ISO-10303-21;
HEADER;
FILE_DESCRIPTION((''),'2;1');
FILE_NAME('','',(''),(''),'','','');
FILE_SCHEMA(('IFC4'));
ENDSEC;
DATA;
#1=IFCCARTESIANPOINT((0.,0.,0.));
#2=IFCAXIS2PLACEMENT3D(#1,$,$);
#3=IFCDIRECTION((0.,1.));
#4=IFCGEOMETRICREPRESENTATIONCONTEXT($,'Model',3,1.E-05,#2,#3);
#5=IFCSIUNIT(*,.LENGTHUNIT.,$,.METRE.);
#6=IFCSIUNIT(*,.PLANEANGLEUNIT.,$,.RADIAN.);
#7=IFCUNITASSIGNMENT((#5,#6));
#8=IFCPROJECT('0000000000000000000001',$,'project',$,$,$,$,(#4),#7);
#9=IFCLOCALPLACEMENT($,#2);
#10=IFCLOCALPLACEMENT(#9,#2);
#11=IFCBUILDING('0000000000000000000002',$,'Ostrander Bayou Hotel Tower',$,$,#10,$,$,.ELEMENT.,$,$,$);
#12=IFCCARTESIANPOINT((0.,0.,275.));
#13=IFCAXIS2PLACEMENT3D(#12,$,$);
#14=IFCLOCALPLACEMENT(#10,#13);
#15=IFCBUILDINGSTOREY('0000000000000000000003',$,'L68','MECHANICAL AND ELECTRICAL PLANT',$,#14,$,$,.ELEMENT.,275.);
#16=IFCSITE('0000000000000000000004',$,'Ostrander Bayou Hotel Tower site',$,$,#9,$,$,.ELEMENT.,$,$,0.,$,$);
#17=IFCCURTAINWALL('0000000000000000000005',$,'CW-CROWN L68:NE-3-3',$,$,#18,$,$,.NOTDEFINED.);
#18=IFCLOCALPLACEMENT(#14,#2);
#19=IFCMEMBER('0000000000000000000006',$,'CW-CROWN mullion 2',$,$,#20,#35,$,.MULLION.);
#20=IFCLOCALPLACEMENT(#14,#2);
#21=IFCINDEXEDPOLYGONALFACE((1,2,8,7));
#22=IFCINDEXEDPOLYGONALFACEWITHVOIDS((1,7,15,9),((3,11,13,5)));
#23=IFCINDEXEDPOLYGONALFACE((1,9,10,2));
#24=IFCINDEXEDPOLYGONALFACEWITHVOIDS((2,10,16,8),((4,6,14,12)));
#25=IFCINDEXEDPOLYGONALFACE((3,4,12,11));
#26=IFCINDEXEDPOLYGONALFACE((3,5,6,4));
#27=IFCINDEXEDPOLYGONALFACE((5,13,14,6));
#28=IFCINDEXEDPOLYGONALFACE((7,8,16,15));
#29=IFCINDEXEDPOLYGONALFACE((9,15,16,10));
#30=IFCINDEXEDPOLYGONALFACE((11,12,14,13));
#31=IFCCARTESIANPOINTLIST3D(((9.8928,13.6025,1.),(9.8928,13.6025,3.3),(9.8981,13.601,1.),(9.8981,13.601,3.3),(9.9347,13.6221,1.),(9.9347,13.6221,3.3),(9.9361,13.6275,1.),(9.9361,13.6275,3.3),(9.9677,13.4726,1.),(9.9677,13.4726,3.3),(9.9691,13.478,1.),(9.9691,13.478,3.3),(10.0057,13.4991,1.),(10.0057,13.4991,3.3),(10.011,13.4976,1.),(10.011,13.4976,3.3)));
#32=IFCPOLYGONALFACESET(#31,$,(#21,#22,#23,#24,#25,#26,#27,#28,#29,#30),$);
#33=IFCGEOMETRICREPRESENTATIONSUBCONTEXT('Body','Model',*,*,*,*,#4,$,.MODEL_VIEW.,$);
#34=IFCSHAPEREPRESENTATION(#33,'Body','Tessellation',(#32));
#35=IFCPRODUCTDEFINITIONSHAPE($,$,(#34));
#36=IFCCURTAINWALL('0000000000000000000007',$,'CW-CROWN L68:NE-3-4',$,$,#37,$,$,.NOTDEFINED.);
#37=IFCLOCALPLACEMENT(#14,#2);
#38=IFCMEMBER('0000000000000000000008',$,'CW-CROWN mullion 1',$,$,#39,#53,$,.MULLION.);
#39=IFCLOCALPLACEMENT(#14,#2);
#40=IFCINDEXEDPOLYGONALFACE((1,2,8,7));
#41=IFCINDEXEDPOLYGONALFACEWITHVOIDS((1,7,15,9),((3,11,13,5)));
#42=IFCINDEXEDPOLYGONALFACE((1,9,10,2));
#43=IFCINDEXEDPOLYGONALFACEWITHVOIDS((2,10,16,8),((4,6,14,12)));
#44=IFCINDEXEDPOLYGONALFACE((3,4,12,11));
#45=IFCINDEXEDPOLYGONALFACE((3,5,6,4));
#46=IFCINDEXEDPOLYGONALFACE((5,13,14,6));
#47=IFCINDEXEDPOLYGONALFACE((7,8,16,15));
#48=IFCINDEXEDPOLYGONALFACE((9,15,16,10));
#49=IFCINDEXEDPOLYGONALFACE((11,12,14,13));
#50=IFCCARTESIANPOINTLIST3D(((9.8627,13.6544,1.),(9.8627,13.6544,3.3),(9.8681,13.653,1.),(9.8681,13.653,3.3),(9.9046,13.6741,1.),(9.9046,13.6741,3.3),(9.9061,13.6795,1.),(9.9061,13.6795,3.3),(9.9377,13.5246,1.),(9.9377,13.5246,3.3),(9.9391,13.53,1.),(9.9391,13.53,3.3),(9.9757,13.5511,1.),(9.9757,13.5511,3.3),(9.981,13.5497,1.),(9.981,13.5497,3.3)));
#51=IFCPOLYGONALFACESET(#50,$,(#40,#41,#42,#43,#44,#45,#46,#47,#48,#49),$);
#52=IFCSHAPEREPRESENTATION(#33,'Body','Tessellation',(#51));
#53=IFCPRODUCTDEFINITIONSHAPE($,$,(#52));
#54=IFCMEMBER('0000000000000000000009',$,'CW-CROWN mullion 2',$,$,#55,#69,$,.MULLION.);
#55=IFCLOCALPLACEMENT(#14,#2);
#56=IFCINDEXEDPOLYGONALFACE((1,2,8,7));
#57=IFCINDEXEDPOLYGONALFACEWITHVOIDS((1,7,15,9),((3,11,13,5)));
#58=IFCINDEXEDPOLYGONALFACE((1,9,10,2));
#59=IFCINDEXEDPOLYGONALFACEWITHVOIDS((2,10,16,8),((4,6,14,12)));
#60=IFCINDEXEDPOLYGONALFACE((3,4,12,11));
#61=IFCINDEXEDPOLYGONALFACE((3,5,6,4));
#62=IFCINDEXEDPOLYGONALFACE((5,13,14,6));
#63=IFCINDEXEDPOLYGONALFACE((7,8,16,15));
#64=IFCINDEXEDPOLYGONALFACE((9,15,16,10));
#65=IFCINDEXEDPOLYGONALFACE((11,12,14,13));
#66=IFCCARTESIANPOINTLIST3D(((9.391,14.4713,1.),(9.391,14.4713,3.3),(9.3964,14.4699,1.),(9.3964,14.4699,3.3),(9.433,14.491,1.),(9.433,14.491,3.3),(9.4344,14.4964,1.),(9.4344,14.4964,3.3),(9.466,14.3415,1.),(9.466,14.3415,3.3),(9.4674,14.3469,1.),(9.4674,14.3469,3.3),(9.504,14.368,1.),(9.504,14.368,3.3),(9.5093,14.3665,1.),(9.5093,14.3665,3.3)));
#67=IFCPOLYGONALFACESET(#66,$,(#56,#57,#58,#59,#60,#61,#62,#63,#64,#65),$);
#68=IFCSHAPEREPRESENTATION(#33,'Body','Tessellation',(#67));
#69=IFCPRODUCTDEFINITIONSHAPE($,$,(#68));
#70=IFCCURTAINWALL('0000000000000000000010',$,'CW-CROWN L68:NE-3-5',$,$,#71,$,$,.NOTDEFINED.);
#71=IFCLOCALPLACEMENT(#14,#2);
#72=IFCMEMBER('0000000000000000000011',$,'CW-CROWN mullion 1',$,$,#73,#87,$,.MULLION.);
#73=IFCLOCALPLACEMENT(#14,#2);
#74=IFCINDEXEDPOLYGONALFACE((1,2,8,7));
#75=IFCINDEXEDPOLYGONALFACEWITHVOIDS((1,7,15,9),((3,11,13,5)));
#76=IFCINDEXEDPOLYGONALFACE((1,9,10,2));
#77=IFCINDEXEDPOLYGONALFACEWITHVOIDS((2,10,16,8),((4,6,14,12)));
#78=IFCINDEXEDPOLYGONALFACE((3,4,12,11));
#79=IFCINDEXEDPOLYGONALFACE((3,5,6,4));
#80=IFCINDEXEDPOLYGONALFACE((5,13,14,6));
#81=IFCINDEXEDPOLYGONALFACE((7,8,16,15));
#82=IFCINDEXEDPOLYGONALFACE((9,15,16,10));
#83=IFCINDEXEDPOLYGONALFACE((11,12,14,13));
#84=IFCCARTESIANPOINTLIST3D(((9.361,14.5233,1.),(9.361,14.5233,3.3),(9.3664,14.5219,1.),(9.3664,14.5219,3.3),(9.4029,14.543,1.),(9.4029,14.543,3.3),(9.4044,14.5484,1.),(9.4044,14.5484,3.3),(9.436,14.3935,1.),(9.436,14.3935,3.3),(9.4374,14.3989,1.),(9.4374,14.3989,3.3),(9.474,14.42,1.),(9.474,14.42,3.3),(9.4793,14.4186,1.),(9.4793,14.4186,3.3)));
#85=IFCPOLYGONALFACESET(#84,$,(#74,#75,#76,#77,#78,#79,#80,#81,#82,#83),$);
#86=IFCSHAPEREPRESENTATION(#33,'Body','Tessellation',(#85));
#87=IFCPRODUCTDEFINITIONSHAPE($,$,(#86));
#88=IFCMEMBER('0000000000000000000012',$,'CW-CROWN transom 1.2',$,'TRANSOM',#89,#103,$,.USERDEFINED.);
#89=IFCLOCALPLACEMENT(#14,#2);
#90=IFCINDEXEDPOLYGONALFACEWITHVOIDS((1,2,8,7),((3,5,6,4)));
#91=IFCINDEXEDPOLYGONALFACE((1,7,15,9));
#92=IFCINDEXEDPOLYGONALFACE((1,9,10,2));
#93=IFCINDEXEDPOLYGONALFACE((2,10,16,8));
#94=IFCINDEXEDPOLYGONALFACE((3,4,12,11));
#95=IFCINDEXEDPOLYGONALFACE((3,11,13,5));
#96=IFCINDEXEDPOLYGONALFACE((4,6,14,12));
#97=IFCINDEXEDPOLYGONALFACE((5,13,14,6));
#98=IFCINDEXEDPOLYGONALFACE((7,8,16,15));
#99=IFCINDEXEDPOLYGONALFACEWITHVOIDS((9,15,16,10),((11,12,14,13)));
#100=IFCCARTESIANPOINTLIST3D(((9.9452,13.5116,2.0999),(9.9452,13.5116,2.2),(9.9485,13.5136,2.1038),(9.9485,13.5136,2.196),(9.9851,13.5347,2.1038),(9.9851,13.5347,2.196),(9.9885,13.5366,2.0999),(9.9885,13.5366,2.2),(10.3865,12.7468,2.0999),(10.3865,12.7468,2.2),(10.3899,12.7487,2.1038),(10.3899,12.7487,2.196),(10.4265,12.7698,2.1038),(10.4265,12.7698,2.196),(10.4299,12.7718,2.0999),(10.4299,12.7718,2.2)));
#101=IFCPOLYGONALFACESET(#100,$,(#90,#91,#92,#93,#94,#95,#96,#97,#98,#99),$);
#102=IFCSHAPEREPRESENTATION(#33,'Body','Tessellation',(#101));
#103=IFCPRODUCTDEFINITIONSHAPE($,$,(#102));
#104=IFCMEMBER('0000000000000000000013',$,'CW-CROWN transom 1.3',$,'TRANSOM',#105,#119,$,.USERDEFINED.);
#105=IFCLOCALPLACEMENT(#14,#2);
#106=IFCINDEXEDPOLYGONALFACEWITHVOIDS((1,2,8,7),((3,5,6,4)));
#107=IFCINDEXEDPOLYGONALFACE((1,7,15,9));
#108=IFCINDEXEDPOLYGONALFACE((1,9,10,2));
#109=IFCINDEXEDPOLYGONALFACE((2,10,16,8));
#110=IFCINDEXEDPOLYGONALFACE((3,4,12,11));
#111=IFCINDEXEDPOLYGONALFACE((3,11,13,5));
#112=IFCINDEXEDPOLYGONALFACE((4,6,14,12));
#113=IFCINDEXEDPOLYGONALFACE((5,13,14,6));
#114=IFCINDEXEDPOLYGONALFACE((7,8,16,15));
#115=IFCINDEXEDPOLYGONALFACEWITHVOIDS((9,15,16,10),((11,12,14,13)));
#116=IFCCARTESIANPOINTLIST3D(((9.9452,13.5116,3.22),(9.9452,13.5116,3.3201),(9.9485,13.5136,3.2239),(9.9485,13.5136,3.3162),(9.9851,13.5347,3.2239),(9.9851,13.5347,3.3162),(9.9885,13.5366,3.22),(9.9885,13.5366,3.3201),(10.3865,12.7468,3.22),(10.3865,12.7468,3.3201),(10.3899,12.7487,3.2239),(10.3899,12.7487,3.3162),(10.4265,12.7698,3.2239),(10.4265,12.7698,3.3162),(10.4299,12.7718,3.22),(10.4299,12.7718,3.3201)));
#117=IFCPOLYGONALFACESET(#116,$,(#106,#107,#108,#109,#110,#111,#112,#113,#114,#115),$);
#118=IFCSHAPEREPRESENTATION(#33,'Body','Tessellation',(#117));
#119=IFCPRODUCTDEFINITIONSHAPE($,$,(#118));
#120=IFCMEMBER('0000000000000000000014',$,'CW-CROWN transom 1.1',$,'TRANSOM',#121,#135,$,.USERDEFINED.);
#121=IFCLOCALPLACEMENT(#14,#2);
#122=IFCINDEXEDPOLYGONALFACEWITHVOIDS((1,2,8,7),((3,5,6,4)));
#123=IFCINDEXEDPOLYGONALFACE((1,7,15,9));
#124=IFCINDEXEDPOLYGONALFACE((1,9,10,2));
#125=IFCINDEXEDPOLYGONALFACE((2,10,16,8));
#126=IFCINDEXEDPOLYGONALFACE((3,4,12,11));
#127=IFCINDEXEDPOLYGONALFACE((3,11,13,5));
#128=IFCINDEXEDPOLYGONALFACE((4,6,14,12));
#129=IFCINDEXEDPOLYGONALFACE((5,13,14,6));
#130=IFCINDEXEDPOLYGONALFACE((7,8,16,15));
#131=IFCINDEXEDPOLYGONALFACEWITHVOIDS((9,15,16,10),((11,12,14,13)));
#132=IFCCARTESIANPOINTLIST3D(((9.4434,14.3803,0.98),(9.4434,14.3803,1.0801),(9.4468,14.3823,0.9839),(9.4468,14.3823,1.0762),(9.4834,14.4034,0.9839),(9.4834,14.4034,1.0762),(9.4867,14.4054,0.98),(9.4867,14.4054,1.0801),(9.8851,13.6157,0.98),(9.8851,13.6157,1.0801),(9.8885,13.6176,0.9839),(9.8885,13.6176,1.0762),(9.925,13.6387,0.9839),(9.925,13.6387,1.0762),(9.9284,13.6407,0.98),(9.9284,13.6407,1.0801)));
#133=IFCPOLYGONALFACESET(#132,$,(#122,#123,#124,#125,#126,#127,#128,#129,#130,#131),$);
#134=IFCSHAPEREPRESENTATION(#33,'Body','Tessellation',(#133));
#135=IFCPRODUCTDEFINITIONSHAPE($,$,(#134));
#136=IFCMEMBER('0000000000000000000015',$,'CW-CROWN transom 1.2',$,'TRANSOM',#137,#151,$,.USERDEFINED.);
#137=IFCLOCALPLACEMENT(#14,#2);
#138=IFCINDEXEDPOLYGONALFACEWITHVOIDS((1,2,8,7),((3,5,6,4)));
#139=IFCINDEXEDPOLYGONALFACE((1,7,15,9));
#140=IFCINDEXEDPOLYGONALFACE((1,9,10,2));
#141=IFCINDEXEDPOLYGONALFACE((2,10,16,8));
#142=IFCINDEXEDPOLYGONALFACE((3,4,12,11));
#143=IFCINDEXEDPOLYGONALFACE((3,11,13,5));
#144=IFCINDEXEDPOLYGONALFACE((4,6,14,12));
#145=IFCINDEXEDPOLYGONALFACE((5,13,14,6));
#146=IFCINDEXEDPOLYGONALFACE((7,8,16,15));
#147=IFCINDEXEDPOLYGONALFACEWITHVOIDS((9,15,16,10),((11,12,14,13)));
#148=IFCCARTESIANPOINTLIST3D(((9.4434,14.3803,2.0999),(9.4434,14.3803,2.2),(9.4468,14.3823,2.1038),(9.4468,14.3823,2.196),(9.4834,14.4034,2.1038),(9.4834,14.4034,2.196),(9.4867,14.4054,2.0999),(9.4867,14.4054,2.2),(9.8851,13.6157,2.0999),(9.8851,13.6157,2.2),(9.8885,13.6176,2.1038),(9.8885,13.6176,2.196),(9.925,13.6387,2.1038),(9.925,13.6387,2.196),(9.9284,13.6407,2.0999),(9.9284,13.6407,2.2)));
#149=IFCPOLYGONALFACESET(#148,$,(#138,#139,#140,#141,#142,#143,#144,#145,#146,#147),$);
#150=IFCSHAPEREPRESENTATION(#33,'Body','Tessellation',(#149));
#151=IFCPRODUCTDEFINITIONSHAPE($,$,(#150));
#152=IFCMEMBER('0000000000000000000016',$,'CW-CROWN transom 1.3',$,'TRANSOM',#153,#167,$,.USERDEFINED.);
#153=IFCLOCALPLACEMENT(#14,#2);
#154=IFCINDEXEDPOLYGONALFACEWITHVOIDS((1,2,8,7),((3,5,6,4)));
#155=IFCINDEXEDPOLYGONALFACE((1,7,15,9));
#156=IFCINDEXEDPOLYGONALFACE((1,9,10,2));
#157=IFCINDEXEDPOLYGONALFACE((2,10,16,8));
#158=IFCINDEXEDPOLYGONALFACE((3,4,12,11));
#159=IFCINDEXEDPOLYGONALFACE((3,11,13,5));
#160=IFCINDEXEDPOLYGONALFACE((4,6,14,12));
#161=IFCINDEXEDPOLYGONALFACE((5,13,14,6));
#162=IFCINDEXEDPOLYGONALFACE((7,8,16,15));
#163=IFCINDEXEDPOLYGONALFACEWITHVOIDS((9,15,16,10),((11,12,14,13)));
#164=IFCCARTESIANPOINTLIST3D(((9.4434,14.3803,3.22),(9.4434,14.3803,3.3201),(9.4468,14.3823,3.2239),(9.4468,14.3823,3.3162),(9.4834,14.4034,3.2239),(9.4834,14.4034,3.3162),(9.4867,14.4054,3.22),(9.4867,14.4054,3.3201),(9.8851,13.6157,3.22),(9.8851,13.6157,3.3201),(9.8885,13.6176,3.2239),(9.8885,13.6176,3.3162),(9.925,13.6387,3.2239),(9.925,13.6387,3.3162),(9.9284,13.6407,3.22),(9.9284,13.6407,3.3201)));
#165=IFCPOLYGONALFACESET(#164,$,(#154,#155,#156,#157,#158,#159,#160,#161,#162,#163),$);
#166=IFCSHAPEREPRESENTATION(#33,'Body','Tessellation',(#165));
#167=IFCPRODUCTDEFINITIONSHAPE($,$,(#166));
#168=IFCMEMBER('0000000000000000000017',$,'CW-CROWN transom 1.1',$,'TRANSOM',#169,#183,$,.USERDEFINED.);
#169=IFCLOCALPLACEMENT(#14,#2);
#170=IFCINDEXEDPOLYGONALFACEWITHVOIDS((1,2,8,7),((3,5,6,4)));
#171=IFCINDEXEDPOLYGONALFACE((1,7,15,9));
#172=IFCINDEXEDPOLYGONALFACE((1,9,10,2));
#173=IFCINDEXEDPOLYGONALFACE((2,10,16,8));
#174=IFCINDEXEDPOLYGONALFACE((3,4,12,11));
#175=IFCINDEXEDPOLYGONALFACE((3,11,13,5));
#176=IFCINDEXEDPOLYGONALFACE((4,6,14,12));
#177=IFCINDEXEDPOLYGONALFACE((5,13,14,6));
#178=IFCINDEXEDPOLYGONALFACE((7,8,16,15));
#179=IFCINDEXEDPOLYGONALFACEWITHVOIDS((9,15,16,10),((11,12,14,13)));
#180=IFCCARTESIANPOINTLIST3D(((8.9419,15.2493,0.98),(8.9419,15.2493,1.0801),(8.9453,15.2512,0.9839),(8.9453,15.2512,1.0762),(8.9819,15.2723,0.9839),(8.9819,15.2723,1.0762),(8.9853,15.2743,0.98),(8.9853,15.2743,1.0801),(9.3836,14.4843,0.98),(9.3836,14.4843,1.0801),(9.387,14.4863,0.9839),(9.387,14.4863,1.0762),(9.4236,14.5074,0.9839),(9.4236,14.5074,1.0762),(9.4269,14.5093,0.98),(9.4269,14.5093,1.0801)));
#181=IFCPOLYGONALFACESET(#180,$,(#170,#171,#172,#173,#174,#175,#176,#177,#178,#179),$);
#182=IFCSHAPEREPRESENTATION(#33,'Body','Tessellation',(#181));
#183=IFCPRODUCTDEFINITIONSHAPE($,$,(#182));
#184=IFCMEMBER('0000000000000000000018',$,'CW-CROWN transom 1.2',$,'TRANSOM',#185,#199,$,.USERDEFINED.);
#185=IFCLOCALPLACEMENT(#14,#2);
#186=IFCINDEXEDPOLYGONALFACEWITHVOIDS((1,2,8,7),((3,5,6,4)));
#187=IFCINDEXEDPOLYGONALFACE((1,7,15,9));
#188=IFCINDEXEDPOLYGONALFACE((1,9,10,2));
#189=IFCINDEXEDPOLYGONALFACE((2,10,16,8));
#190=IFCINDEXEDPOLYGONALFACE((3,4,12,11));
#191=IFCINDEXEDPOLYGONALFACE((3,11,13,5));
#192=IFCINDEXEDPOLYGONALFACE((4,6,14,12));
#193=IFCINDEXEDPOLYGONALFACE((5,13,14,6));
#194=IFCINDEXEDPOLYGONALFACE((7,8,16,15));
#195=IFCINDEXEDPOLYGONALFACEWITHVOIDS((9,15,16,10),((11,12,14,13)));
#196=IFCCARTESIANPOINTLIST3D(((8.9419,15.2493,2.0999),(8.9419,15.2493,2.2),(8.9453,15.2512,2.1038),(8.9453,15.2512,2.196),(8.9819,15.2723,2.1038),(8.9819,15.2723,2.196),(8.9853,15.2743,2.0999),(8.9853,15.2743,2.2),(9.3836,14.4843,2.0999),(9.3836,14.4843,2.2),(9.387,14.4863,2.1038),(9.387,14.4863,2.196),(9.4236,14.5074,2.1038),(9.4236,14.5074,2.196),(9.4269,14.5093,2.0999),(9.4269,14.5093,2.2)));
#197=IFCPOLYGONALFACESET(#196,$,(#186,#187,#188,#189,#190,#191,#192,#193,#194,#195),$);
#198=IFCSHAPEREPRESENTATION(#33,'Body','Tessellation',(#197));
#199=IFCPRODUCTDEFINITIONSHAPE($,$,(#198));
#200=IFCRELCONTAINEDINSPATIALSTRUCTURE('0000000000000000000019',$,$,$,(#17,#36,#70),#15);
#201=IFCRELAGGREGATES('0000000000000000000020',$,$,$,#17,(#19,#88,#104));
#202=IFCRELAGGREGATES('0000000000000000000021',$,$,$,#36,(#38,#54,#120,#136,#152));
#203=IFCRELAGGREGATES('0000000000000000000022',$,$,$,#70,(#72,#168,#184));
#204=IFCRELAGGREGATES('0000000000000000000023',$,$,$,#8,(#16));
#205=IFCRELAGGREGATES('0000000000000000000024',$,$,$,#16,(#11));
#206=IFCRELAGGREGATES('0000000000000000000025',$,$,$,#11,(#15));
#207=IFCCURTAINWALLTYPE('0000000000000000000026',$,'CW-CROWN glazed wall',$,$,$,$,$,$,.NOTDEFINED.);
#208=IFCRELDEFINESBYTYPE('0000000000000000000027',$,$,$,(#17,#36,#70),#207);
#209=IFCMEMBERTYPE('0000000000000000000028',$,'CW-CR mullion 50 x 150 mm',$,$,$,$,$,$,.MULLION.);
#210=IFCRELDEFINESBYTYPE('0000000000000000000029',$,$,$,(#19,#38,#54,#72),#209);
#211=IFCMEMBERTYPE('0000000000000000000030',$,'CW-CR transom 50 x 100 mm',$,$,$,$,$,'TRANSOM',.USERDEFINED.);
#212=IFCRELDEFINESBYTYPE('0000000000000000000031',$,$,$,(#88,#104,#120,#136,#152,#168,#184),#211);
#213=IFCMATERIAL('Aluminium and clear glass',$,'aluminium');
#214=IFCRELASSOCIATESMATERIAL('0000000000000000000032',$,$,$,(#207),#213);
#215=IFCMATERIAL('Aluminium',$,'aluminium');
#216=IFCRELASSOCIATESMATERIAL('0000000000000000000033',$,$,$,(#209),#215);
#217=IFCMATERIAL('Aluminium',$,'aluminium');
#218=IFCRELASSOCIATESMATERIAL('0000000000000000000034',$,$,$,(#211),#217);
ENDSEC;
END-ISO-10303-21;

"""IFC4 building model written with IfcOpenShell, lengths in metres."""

from ifc_helpers import new_model, si_unit, direction, frame, origin, origin_2d, place, context, subcontext, project, spatial, hollow_rectangle, extrude, material, material_profile, profile_set, type_object, element, aggregate, save


model = new_model("IFC4")

# Units and contexts
model_context = context("Model", 3, precision=1e-05, world=origin(), true_north=direction((0.0, 1.0)))
body_context = subcontext(model_context, "Body", "Model", "MODEL_VIEW")
ifc_project = project(units=[si_unit("LENGTHUNIT", "METRE"), si_unit("PLANEANGLEUNIT", "RADIAN")], contexts=[model_context])

# Site, building, storey
site_placement = place(None, origin())
site = spatial("IfcSite", under=ifc_project, at=site_placement, Name="Ostrander Bayou Hotel Tower site", CompositionType="ELEMENT", RefElevation=0.0)
building_placement = place(site_placement, origin())
building = spatial("IfcBuilding", under=site, at=building_placement, Name="Ostrander Bayou Hotel Tower", CompositionType="ELEMENT")
storey_placement = place(building_placement, frame((0.0, 0.0, 275.0)))
storey = spatial("IfcBuildingStorey", under=building, at=storey_placement, Name="L68", Description="MECHANICAL AND ELECTRICAL PLANT", CompositionType="ELEMENT", Elevation=275.0)

# Curtain wall, member
ifc_material_1 = material(Name="Aluminium and clear glass", Category="aluminium")
curtain_wall_type = type_object("IfcCurtainWallType", Name="CW-CROWN glazed wall", PredefinedType="NOTDEFINED", material=ifc_material_1)
curtain_wall_1_placement = place(storey_placement, origin())
curtain_wall_1 = element("IfcCurtainWall", 1, at=curtain_wall_1_placement, inside=storey, type_object=curtain_wall_type, Name="CW-CROWN L68:NE-3-3", PredefinedType="NOTDEFINED")
ifc_material_2 = material(Name="Aluminium", Category="aluminium")
ifc_material_profile_1 = material_profile(ifc_material_2, hollow_rectangle(XDim=0.05, YDim=0.1499, WallThickness=0.0039, at=origin_2d()))
ifc_profile_set_1 = profile_set([ifc_material_profile_1], Name="Aluminium")
member_type_1 = type_object("IfcMemberType", Name="CW-CR mullion 50 x 150 mm", PredefinedType="MULLION", material=ifc_profile_set_1)
member_1_placement = place(storey_placement, frame((9.9519, 13.55, 1.0), z_axis=(0.0, 0.0, 1.0), x_axis=(-0.866069, -0.499924, 0.0)))
member_1 = element("IfcMember", 2, at=member_1_placement, type_object=member_type_1, Name="CW-CROWN mullion 2", PredefinedType="MULLION", context=body_context, shape_type="SweptSolid", body=[
    extrude(hollow_rectangle(XDim=0.05, YDim=0.1499, WallThickness=0.0039, at=origin_2d()), origin(), (0.0, 0.0, 1.0), 2.3),
])

# Curtain wall, members
curtain_wall_2_placement = place(storey_placement, origin())
curtain_wall_2 = element("IfcCurtainWall", 3, at=curtain_wall_2_placement, inside=storey, type_object=curtain_wall_type, Name="CW-CROWN L68:NE-3-4", PredefinedType="NOTDEFINED")
member_2_placement = place(storey_placement, frame((9.9219, 13.6021, 1.0), z_axis=(0.0, 0.0, 1.0), x_axis=(-0.866026, -0.499999, 0.0)))
member_2 = element("IfcMember", 4, at=member_2_placement, type_object=member_type_1, Name="CW-CROWN mullion 1", PredefinedType="MULLION", context=body_context, shape_type="SweptSolid", body=[
    extrude(hollow_rectangle(XDim=0.05, YDim=0.1499, WallThickness=0.0039, at=origin_2d()), origin(), (0.0, 0.0, 1.0), 2.3),
])
member_3_placement = place(storey_placement, frame((9.4502, 14.4189, 1.0), z_axis=(0.0, 0.0, 1.0), x_axis=(-0.866026, -0.499999, 0.0)))
member_3 = element("IfcMember", 5, at=member_3_placement, type_object=member_type_1, Name="CW-CROWN mullion 2", PredefinedType="MULLION", context=body_context, shape_type="SweptSolid", body=[
    extrude(hollow_rectangle(XDim=0.05, YDim=0.1499, WallThickness=0.0039, at=origin_2d()), origin(), (0.0, 0.0, 1.0), 2.3),
])

# Curtain wall, member
curtain_wall_3_placement = place(storey_placement, origin())
curtain_wall_3 = element("IfcCurtainWall", 6, at=curtain_wall_3_placement, inside=storey, type_object=curtain_wall_type, Name="CW-CROWN L68:NE-3-5", PredefinedType="NOTDEFINED")
member_4_placement = place(storey_placement, frame((9.4202, 14.4709, 1.0), z_axis=(0.0, 0.0, 1.0), x_axis=(-0.866001, -0.500042, 0.0)))
member_4 = element("IfcMember", 7, at=member_4_placement, type_object=member_type_1, Name="CW-CROWN mullion 1", PredefinedType="MULLION", context=body_context, shape_type="SweptSolid", body=[
    extrude(hollow_rectangle(XDim=0.05, YDim=0.1499, WallThickness=0.0039, at=origin_2d()), origin(), (0.0, 0.0, 1.0), 2.3),
])

# Members
ifc_material_3 = material(Name="Aluminium", Category="aluminium")
ifc_material_profile_2 = material_profile(ifc_material_3, hollow_rectangle(XDim=0.05, YDim=0.1001, WallThickness=0.0039, at=origin_2d()))
ifc_profile_set_2 = profile_set([ifc_material_profile_2], Name="Aluminium")
member_type_2 = type_object("IfcMemberType", Name="CW-CR transom 50 x 100 mm", ElementType="TRANSOM", PredefinedType="USERDEFINED", material=ifc_profile_set_2)
member_5_placement = place(storey_placement, frame((10.4082, 12.7593, 2.1499), z_axis=(-0.499826, 0.866126, 0.0), x_axis=(-0.866126, -0.499826, 0.0)))
member_5 = element("IfcMember", 8, at=member_5_placement, type_object=member_type_2, Name="CW-CROWN transom 1.2", ObjectType="TRANSOM", PredefinedType="USERDEFINED", context=body_context, shape_type="SweptSolid", body=[
    extrude(hollow_rectangle(XDim=0.05, YDim=0.1001, WallThickness=0.0039, at=origin_2d()), origin(), (0.0, 0.0, 1.0), 0.8831),
])
member_6_placement = place(storey_placement, frame((10.4082, 12.7593, 3.27), z_axis=(-0.499826, 0.866126, 0.0), x_axis=(-0.866126, -0.499826, 0.0)))
member_6 = element("IfcMember", 9, at=member_6_placement, type_object=member_type_2, Name="CW-CROWN transom 1.3", ObjectType="TRANSOM", PredefinedType="USERDEFINED", context=body_context, shape_type="SweptSolid", body=[
    extrude(hollow_rectangle(XDim=0.05, YDim=0.1001, WallThickness=0.0039, at=origin_2d()), origin(), (0.0, 0.0, 1.0), 0.8831),
])
member_7_placement = place(storey_placement, frame((9.9067, 13.6282, 1.03), z_axis=(-0.500153, 0.865937, 0.0), x_axis=(-0.865937, -0.500153, 0.0)))
member_7 = element("IfcMember", 10, at=member_7_placement, type_object=member_type_2, Name="CW-CROWN transom 1.1", ObjectType="TRANSOM", PredefinedType="USERDEFINED", context=body_context, shape_type="SweptSolid", body=[
    extrude(hollow_rectangle(XDim=0.05, YDim=0.1001, WallThickness=0.0039, at=origin_2d()), origin(), (0.0, 0.0, 1.0), 0.8831),
])
member_8_placement = place(storey_placement, frame((9.9067, 13.6282, 2.1499), z_axis=(-0.500153, 0.865937, 0.0), x_axis=(-0.865937, -0.500153, 0.0)))
member_8 = element("IfcMember", 11, at=member_8_placement, type_object=member_type_2, Name="CW-CROWN transom 1.2", ObjectType="TRANSOM", PredefinedType="USERDEFINED", context=body_context, shape_type="SweptSolid", body=[
    extrude(hollow_rectangle(XDim=0.05, YDim=0.1001, WallThickness=0.0039, at=origin_2d()), origin(), (0.0, 0.0, 1.0), 0.8831),
])
member_9_placement = place(storey_placement, frame((9.9067, 13.6282, 3.27), z_axis=(-0.500153, 0.865937, 0.0), x_axis=(-0.865937, -0.500153, 0.0)))
member_9 = element("IfcMember", 12, at=member_9_placement, type_object=member_type_2, Name="CW-CROWN transom 1.3", ObjectType="TRANSOM", PredefinedType="USERDEFINED", context=body_context, shape_type="SweptSolid", body=[
    extrude(hollow_rectangle(XDim=0.05, YDim=0.1001, WallThickness=0.0039, at=origin_2d()), origin(), (0.0, 0.0, 1.0), 0.8831),
])
member_10_placement = place(storey_placement, frame((9.4053, 14.4968, 1.03), z_axis=(-0.500034, 0.866006, 0.0), x_axis=(-0.866006, -0.500034, 0.0)))
member_10 = element("IfcMember", 13, at=member_10_placement, type_object=member_type_2, Name="CW-CROWN transom 1.1", ObjectType="TRANSOM", PredefinedType="USERDEFINED", context=body_context, shape_type="SweptSolid", body=[
    extrude(hollow_rectangle(XDim=0.05, YDim=0.1001, WallThickness=0.0039, at=origin_2d()), origin(), (0.0, 0.0, 1.0), 0.8833),
])
member_11_placement = place(storey_placement, frame((9.4053, 14.4968, 2.1499), z_axis=(-0.500034, 0.866006, 0.0), x_axis=(-0.866006, -0.500034, 0.0)))
member_11 = element("IfcMember", 14, at=member_11_placement, type_object=member_type_2, Name="CW-CROWN transom 1.2", ObjectType="TRANSOM", PredefinedType="USERDEFINED", context=body_context, shape_type="SweptSolid", body=[
    extrude(hollow_rectangle(XDim=0.05, YDim=0.1001, WallThickness=0.0039, at=origin_2d()), origin(), (0.0, 0.0, 1.0), 0.8833),
])

aggregate(curtain_wall_1, [member_1, member_5, member_6])
aggregate(curtain_wall_2, [member_2, member_3, member_7, member_8, member_9])
aggregate(curtain_wall_3, [member_4, member_10, member_11])

save(model, "model.ifc")
